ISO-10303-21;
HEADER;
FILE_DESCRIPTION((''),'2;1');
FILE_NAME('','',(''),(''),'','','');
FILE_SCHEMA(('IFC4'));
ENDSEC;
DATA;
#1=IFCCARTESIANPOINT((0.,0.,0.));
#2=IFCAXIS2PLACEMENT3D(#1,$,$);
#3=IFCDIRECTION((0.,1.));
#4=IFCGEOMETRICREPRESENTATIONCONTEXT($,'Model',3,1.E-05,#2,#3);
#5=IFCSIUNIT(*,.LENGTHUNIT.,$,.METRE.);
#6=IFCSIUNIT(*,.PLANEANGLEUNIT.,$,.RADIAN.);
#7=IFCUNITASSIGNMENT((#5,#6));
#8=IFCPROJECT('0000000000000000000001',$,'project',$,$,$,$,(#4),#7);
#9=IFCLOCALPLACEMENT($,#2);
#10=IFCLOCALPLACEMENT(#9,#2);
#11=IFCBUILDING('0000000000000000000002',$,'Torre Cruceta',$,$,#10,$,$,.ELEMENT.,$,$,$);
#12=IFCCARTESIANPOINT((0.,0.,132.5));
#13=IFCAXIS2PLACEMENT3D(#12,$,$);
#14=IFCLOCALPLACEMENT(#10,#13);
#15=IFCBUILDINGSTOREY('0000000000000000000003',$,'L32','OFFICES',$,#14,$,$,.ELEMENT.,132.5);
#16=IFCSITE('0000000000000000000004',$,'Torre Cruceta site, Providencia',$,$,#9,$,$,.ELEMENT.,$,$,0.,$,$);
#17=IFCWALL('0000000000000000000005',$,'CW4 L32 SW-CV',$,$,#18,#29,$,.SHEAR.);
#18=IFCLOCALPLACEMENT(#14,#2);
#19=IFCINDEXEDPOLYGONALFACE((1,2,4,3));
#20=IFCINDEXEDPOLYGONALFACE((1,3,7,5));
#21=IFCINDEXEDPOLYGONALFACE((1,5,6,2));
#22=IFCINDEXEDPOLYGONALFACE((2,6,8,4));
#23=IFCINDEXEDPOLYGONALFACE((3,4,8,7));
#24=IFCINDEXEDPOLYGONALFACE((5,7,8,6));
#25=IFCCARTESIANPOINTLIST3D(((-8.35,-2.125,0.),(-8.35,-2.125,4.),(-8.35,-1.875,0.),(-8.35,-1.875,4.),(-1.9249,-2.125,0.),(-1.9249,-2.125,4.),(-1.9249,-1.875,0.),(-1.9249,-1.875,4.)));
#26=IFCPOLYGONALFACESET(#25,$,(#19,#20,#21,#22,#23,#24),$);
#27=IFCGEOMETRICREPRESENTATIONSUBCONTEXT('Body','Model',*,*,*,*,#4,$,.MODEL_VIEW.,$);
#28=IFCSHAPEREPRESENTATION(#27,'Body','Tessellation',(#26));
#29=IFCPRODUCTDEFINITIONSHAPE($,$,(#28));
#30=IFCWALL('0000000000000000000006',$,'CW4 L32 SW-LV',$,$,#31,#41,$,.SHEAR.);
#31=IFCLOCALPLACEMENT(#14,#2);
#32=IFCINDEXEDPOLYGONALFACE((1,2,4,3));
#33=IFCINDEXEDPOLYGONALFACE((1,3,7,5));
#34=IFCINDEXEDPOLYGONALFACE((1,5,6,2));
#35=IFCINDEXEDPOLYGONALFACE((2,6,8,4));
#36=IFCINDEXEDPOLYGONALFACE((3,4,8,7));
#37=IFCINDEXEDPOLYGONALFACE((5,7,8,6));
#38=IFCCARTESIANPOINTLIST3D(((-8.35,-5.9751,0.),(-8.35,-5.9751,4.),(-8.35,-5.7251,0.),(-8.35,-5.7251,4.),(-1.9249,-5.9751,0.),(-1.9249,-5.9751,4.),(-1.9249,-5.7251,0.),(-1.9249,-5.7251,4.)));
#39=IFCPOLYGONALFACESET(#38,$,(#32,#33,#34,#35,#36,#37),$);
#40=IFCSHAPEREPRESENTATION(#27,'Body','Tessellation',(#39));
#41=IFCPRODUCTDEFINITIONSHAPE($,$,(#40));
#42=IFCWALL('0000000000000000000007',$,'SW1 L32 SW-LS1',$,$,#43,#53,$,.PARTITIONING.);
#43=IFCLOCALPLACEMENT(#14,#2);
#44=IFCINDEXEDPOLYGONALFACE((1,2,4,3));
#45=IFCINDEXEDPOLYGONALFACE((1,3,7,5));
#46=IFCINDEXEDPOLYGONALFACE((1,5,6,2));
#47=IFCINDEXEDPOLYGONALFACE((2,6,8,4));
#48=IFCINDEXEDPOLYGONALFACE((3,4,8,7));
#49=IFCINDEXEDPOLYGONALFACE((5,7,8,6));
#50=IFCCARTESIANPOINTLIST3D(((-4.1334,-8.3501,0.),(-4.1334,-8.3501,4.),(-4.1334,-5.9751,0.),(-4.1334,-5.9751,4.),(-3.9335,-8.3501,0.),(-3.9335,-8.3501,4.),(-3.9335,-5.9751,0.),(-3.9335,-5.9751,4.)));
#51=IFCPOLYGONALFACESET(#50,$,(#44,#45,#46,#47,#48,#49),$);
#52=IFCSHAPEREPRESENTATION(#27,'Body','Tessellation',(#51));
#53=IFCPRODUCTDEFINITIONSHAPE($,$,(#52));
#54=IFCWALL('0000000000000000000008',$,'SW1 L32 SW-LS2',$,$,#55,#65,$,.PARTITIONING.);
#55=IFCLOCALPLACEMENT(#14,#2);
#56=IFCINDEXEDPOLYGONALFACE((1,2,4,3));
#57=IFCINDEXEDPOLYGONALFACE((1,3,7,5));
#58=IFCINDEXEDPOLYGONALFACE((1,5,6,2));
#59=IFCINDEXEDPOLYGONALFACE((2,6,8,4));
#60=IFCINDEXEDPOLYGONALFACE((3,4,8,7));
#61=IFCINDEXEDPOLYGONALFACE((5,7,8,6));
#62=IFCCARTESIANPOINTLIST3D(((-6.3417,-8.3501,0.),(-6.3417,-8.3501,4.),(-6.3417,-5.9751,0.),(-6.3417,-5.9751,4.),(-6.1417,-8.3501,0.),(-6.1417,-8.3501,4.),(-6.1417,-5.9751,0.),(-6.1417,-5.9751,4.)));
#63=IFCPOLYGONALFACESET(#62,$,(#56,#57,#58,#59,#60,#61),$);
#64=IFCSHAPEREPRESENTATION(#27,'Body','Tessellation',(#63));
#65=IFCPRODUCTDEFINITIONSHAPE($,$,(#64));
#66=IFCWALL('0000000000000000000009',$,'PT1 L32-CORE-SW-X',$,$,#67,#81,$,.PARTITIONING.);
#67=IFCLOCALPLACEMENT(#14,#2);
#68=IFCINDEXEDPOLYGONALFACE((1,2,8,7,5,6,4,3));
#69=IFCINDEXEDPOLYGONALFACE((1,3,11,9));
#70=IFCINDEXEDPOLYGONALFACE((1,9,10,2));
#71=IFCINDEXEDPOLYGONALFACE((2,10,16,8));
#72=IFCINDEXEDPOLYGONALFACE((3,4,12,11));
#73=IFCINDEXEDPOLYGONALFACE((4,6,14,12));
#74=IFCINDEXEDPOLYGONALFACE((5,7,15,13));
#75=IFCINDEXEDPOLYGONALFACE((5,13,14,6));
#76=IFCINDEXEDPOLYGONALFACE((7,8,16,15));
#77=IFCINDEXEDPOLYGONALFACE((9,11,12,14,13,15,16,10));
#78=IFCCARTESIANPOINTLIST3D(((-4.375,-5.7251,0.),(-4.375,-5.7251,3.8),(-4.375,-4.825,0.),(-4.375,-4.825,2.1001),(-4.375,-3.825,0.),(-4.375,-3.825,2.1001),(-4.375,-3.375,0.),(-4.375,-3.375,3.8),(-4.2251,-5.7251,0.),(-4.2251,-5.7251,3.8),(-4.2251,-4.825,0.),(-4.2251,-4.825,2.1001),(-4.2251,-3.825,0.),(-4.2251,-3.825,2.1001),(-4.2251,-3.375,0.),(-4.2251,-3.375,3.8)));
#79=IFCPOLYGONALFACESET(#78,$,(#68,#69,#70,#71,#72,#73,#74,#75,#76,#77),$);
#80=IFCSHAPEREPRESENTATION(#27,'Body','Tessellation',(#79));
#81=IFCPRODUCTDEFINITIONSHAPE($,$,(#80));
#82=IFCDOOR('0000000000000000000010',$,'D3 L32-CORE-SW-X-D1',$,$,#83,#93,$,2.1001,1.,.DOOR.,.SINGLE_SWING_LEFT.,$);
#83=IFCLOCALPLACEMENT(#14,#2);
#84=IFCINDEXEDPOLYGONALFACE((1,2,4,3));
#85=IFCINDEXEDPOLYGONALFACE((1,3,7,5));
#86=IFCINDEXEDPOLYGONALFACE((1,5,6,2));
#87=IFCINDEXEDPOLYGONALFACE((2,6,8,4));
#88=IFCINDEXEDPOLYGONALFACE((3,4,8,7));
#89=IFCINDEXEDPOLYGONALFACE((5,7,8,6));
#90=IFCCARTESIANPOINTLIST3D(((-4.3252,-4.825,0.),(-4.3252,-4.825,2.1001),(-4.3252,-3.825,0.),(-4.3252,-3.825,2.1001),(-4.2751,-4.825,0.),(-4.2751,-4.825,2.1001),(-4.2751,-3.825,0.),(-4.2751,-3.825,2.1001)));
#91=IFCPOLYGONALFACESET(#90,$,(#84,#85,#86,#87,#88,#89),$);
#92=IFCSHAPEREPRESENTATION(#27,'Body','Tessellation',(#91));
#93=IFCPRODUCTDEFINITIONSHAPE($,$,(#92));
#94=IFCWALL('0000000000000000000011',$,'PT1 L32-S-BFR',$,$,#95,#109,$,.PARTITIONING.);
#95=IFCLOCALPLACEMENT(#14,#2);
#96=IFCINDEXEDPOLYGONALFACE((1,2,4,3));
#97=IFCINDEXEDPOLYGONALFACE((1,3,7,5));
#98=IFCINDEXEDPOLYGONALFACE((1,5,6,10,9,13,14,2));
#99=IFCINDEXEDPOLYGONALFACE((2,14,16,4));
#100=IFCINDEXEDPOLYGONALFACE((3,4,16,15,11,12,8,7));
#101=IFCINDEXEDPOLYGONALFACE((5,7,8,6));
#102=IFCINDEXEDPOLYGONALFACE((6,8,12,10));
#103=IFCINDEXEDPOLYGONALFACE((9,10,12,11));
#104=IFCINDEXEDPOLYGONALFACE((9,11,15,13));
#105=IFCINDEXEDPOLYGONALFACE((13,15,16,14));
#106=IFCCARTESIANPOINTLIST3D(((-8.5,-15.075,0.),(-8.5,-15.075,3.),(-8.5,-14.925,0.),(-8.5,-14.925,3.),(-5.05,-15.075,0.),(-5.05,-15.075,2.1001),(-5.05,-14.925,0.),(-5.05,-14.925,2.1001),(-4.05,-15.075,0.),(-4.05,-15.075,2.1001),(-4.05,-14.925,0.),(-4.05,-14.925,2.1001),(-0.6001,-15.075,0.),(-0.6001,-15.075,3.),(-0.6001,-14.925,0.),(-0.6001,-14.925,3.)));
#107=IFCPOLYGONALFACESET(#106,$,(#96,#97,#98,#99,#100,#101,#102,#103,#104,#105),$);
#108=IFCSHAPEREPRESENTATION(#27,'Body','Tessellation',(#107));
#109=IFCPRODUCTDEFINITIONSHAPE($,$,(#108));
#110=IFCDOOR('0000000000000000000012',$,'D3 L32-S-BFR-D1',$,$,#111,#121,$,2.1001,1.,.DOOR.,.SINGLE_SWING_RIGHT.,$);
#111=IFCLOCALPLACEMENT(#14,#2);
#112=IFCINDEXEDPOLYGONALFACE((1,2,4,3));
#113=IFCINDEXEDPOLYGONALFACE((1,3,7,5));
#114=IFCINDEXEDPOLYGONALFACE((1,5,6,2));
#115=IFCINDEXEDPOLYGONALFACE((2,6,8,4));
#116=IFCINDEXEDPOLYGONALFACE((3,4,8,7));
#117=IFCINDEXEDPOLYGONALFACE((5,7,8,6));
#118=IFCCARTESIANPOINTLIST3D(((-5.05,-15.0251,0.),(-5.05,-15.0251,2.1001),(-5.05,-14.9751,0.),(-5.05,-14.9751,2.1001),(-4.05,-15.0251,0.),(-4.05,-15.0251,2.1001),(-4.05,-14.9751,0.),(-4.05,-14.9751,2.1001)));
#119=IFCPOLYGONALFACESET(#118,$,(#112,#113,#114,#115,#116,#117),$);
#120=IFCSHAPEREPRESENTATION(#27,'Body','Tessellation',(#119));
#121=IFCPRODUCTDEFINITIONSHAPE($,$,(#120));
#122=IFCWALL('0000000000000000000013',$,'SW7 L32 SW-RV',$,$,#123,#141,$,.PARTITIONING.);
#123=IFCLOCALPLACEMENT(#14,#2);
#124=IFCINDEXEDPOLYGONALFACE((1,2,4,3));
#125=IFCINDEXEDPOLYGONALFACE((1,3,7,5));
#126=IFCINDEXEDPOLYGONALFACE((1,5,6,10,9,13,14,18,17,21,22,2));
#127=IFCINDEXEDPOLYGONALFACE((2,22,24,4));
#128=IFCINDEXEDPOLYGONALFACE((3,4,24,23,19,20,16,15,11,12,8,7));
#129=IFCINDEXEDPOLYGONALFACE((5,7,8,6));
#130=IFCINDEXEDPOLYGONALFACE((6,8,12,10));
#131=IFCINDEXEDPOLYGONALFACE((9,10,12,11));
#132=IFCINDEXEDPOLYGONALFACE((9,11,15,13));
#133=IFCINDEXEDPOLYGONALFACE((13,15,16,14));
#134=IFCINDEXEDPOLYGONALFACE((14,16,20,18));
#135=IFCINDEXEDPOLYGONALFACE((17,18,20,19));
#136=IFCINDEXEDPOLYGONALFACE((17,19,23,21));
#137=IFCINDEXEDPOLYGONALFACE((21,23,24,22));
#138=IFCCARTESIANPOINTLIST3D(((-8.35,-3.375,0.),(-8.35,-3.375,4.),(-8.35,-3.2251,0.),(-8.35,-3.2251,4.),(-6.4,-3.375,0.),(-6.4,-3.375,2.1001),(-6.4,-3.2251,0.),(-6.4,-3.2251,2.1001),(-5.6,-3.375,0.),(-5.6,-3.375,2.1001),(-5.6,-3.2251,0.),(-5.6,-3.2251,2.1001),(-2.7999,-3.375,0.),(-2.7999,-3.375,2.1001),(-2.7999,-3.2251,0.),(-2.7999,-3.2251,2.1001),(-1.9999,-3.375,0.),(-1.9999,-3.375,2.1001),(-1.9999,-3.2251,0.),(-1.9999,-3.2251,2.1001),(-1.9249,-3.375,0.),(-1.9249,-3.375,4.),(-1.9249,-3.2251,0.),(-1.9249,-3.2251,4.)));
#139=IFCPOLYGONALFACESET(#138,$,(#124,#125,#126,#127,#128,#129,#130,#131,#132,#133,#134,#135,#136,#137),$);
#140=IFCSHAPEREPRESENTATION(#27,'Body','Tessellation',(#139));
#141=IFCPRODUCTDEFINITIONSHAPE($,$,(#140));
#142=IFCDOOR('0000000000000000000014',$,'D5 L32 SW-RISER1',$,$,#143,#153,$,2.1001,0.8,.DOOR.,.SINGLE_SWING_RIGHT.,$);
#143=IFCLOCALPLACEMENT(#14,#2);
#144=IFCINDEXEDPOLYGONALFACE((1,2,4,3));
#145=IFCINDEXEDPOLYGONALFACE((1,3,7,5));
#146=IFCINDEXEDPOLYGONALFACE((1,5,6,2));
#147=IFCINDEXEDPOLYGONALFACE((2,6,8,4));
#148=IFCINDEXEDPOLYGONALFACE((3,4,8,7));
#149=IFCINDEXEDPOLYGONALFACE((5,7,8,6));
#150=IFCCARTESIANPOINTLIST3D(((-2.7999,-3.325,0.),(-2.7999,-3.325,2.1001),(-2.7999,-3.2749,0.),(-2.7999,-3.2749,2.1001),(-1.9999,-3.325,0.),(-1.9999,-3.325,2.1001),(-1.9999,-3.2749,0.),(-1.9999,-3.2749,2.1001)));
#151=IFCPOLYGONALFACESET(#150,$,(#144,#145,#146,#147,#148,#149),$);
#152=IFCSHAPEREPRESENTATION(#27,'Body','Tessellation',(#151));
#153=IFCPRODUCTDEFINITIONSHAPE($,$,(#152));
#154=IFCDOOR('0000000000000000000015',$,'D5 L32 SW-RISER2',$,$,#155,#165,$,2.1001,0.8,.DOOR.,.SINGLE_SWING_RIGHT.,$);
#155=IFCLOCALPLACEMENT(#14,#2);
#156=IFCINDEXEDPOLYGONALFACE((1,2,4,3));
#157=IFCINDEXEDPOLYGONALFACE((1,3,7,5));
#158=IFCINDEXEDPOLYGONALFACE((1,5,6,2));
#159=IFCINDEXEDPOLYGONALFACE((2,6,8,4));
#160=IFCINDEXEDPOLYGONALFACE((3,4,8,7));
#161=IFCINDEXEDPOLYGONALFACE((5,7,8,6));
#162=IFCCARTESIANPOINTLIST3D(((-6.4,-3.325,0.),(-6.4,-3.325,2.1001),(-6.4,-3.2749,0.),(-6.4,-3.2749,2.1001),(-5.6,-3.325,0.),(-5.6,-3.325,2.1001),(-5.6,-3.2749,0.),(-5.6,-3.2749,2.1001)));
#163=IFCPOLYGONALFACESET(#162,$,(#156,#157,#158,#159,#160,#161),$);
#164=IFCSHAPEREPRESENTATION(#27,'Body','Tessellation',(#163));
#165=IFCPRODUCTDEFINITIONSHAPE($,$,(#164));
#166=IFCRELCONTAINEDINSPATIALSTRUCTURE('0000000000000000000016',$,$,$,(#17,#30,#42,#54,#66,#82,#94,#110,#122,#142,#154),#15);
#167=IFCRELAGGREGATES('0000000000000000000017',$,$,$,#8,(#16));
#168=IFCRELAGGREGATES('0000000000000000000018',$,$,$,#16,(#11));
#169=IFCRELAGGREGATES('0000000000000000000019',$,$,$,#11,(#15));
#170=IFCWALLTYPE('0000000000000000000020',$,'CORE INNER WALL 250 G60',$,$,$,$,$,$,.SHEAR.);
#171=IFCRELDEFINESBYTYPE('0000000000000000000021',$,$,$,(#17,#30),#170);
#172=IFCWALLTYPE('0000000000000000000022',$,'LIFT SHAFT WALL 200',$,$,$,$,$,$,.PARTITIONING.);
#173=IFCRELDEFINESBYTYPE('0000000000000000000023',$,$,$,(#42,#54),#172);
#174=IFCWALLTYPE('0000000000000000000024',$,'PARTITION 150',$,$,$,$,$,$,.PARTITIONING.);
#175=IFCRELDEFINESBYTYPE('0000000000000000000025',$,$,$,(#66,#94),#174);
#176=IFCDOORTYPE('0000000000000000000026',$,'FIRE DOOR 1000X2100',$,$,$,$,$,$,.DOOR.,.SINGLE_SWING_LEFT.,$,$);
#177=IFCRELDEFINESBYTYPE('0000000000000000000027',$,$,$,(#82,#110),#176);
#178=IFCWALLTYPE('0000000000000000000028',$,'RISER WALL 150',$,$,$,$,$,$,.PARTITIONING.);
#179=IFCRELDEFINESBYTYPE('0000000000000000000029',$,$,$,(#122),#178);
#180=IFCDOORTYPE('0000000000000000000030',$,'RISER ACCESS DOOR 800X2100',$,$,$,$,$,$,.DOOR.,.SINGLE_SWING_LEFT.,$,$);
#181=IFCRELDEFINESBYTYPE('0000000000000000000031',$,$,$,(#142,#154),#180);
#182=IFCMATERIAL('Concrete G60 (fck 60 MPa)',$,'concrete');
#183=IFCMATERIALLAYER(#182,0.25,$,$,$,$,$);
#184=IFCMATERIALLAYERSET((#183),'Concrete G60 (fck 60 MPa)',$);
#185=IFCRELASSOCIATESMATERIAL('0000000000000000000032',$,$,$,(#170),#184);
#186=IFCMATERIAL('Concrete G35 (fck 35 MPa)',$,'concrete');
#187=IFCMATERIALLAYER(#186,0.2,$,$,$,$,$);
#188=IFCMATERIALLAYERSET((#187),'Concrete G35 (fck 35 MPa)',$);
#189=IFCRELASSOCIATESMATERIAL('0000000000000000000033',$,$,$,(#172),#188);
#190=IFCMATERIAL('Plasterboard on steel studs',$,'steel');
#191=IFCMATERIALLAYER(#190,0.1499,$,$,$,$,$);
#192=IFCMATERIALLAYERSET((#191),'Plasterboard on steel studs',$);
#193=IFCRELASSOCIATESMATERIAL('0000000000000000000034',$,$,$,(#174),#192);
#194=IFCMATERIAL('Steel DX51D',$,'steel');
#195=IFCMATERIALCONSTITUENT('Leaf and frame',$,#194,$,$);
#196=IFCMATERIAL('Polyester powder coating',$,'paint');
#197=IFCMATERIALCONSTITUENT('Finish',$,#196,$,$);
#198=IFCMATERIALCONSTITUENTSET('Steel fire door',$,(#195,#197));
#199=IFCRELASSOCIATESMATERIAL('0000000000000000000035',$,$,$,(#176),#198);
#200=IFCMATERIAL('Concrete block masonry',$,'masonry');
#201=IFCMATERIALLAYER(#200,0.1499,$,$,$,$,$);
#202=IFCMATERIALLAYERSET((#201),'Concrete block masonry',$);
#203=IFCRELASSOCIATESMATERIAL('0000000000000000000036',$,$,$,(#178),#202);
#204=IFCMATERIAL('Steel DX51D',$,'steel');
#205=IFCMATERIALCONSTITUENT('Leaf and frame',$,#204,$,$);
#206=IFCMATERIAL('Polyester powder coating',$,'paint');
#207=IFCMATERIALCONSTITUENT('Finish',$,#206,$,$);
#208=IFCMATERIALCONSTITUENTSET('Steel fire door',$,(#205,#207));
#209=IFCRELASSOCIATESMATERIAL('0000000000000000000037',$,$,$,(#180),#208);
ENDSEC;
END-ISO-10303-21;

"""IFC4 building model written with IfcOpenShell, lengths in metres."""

from ifc_helpers import new_model, si_unit, direction, frame, frame_2d, origin, place, context, subcontext, project, spatial, rectangle, extrude, material, layer, layer_set, constituent, constituent_set, type_object, element, fill, save


model = new_model("IFC4")

# Units and contexts
model_context = context("Model", 3, precision=1e-05, world=origin(), true_north=direction((0.0, 1.0)))
body_context = subcontext(model_context, "Body", "Model", "MODEL_VIEW")
ifc_project = project(units=[si_unit("LENGTHUNIT", "METRE"), si_unit("PLANEANGLEUNIT", "RADIAN")], contexts=[model_context])

# Site, building, storey
site_placement = place(None, origin())
site = spatial("IfcSite", under=ifc_project, at=site_placement, Name="Torre Cruceta site, Providencia", CompositionType="ELEMENT", RefElevation=0.0)
building_placement = place(site_placement, origin())
building = spatial("IfcBuilding", under=site, at=building_placement, Name="Torre Cruceta", CompositionType="ELEMENT")
storey_placement = place(building_placement, frame((0.0, 0.0, 132.5)))
storey = spatial("IfcBuildingStorey", under=building, at=storey_placement, Name="L32", Description="OFFICES", CompositionType="ELEMENT", Elevation=132.5)

# Shared definitions
ifc_material_1 = material(Name="Concrete G60 (fck 60 MPa)", Category="concrete")
ifc_layer_1 = layer(ifc_material_1, 0.25)
ifc_layer_set_1 = layer_set([ifc_layer_1], Name="Concrete G60 (fck 60 MPa)")
wall_type_1 = type_object("IfcWallType", Name="CORE INNER WALL 250 G60", PredefinedType="SHEAR", material=ifc_layer_set_1)

# Walls
for number, where, z_axis, x_axis, name in (
    (1, (-1.925, -2.0, 0.0), (0.0, 0.0, 1.0), (-1.0, 0.0, 0.0), "CW4 L32 SW-CV"),
    (2, (-1.925, -5.8501, 0.0), (0.0, 0.0, 1.0), (-1.0, 0.0, 0.0), "CW4 L32 SW-LV"),
):
    element("IfcWall", number, at=place(storey_placement, frame(where, z_axis=z_axis, x_axis=x_axis)), inside=storey, type_object=wall_type_1, Name=name, PredefinedType="SHEAR", context=body_context, shape_type="SweptSolid", body=[
        extrude(rectangle(XDim=6.425, YDim=0.25, at=frame_2d((3.2124, 0.0))), origin(), (0.0, 0.0, 1.0), 4.0),
    ])

# Walls
ifc_material_2 = material(Name="Concrete G35 (fck 35 MPa)", Category="concrete")
ifc_layer_2 = layer(ifc_material_2, 0.2)
ifc_layer_set_2 = layer_set([ifc_layer_2], Name="Concrete G35 (fck 35 MPa)")
wall_type_2 = type_object("IfcWallType", Name="LIFT SHAFT WALL 200", PredefinedType="PARTITIONING", material=ifc_layer_set_2)
for number, where, z_axis, x_axis, name in (
    (3, (-4.0334, -5.9751, 0.0), (0.0, 0.0, 1.0), (0.0, -1.0, 0.0), "SW1 L32 SW-LS1"),
    (4, (-6.2417, -5.9751, 0.0), (0.0, 0.0, 1.0), (0.0, -1.0, 0.0), "SW1 L32 SW-LS2"),
):
    element("IfcWall", number, at=place(storey_placement, frame(where, z_axis=z_axis, x_axis=x_axis)), inside=storey, type_object=wall_type_2, Name=name, PredefinedType="PARTITIONING", context=body_context, shape_type="SweptSolid", body=[
        extrude(rectangle(XDim=2.375, YDim=0.2, at=frame_2d((1.1875, 0.0))), origin(), (0.0, 0.0, 1.0), 4.0),
    ])

# Walls, openings, doors
ifc_material_3 = material(Name="Plasterboard on steel studs", Category="steel")
ifc_layer_3 = layer(ifc_material_3, 0.1499)
ifc_layer_set_3 = layer_set([ifc_layer_3], Name="Plasterboard on steel studs")
wall_type_3 = type_object("IfcWallType", Name="PARTITION 150", PredefinedType="PARTITIONING", material=ifc_layer_set_3)
wall_1_placement = place(storey_placement, frame((-4.3, -3.375, 0.0), z_axis=(0.0, 0.0, 1.0), x_axis=(0.0, -1.0, 0.0)))
wall_1 = element("IfcWall", 5, at=wall_1_placement, inside=storey, type_object=wall_type_3, Name="PT1 L32-CORE-SW-X", PredefinedType="PARTITIONING", context=body_context, shape_type="SweptSolid", body=[
    extrude(rectangle(XDim=2.3501, YDim=0.1499, at=frame_2d((1.175, 0.0))), origin(), (0.0, 0.0, 1.0), 3.8),
])
opening_1_placement = place(wall_1_placement, frame((0.45, 0.0, 0.0)))
opening_1 = element("IfcOpeningElement", 6, at=opening_1_placement, cuts=wall_1, PredefinedType="OPENING", context=body_context, shape_type="SweptSolid", body=[
    extrude(rectangle(XDim=1.0, YDim=2.1001, at=frame_2d((0.5, 1.05))), frame((0.0, 0.085, 0.0), z_axis=(0.0, -1.0, 0.0), x_axis=(1.0, 0.0, 0.0)), (0.0, 0.0, 1.0), 0.1699),
])
ifc_material_4 = material(Name="Steel DX51D", Category="steel")
ifc_constituent_1 = constituent(ifc_material_4, Name="Leaf and frame")
ifc_material_5 = material(Name="Polyester powder coating", Category="paint")
ifc_constituent_2 = constituent(ifc_material_5, Name="Finish")
ifc_constituent_set_1 = constituent_set(constituents=[ifc_constituent_1, ifc_constituent_2], Name="Steel fire door")
door_type_1 = type_object("IfcDoorType", Name="FIRE DOOR 1000X2100", OperationType="SINGLE_SWING_LEFT", PredefinedType="DOOR", material=ifc_constituent_set_1)
door_1_placement = place(opening_1_placement, origin())
door_1 = element("IfcDoor", 7, at=door_1_placement, inside=storey, type_object=door_type_1, Name="D3 L32-CORE-SW-X-D1", OperationType="SINGLE_SWING_LEFT", OverallHeight=2.1001, OverallWidth=1.0, PredefinedType="DOOR", context=body_context, shape_type="SweptSolid", body=[
    extrude(rectangle(XDim=1.0, YDim=2.1001, at=frame_2d((0.5, 1.05))), frame((0.0, 0.0249, 0.0), z_axis=(0.0, -1.0, 0.0), x_axis=(1.0, 0.0, 0.0)), (0.0, 0.0, 1.0), 0.05),
])
fill(opening_1, door_1)
wall_2_placement = place(storey_placement, frame((-8.5, -15.0, 0.0), z_axis=(0.0, 0.0, 1.0), x_axis=(1.0, 0.0, 0.0)))
wall_2 = element("IfcWall", 8, at=wall_2_placement, inside=storey, type_object=wall_type_3, Name="PT1 L32-S-BFR", PredefinedType="PARTITIONING", context=body_context, shape_type="SweptSolid", body=[
    extrude(rectangle(XDim=7.8999, YDim=0.1499, at=frame_2d((3.95, 0.0))), origin(), (0.0, 0.0, 1.0), 3.0),
])
opening_2_placement = place(wall_2_placement, frame((3.45, 0.0, 0.0)))
opening_2 = element("IfcOpeningElement", 9, at=opening_2_placement, cuts=wall_2, PredefinedType="OPENING", context=body_context, shape_type="SweptSolid", body=[
    extrude(rectangle(XDim=1.0, YDim=2.1001, at=frame_2d((0.5, 1.05))), frame((0.0, 0.085, 0.0), z_axis=(0.0, -1.0, 0.0), x_axis=(1.0, 0.0, 0.0)), (0.0, 0.0, 1.0), 0.1699),
])
door_2_placement = place(opening_2_placement, origin())
door_2 = element("IfcDoor", 10, at=door_2_placement, inside=storey, type_object=door_type_1, Name="D3 L32-S-BFR-D1", OperationType="SINGLE_SWING_RIGHT", OverallHeight=2.1001, OverallWidth=1.0, PredefinedType="DOOR", context=body_context, shape_type="SweptSolid", body=[
    extrude(rectangle(XDim=1.0, YDim=2.1001, at=frame_2d((0.5, 1.05))), frame((0.0, 0.0249, 0.0), z_axis=(0.0, -1.0, 0.0), x_axis=(1.0, 0.0, 0.0)), (0.0, 0.0, 1.0), 0.05),
])
fill(opening_2, door_2)

# Wall, openings, doors
ifc_material_6 = material(Name="Concrete block masonry", Category="masonry")
ifc_layer_4 = layer(ifc_material_6, 0.1499)
ifc_layer_set_4 = layer_set([ifc_layer_4], Name="Concrete block masonry")
wall_type_4 = type_object("IfcWallType", Name="RISER WALL 150", PredefinedType="PARTITIONING", material=ifc_layer_set_4)
wall_3_placement = place(storey_placement, frame((-1.925, -3.3, 0.0), z_axis=(0.0, 0.0, 1.0), x_axis=(-1.0, 0.0, 0.0)))
wall_3 = element("IfcWall", 11, at=wall_3_placement, inside=storey, type_object=wall_type_4, Name="SW7 L32 SW-RV", PredefinedType="PARTITIONING", context=body_context, shape_type="SweptSolid", body=[
    extrude(rectangle(XDim=6.425, YDim=0.1499, at=frame_2d((3.2124, 0.0))), origin(), (0.0, 0.0, 1.0), 4.0),
])
opening_3_placement = place(wall_3_placement, frame((0.075, 0.0, 0.0)))
opening_3 = element("IfcOpeningElement", 12, at=opening_3_placement, cuts=wall_3, PredefinedType="OPENING", context=body_context, shape_type="SweptSolid", body=[
    extrude(rectangle(XDim=0.8, YDim=2.1001, at=frame_2d((0.3999, 1.05))), frame((0.0, 0.085, 0.0), z_axis=(0.0, -1.0, 0.0), x_axis=(1.0, 0.0, 0.0)), (0.0, 0.0, 1.0), 0.1699),
])
opening_4_placement = place(wall_3_placement, frame((3.675, 0.0, 0.0)))
opening_4 = element("IfcOpeningElement", 13, at=opening_4_placement, cuts=wall_3, PredefinedType="OPENING", context=body_context, shape_type="SweptSolid", body=[
    extrude(rectangle(XDim=0.8, YDim=2.1001, at=frame_2d((0.3999, 1.05))), frame((0.0, 0.085, 0.0), z_axis=(0.0, -1.0, 0.0), x_axis=(1.0, 0.0, 0.0)), (0.0, 0.0, 1.0), 0.1699),
])
ifc_material_7 = material(Name="Steel DX51D", Category="steel")
ifc_constituent_3 = constituent(ifc_material_7, Name="Leaf and frame")
ifc_material_8 = material(Name="Polyester powder coating", Category="paint")
ifc_constituent_4 = constituent(ifc_material_8, Name="Finish")
ifc_constituent_set_2 = constituent_set(constituents=[ifc_constituent_3, ifc_constituent_4], Name="Steel fire door")
door_type_2 = type_object("IfcDoorType", Name="RISER ACCESS DOOR 800X2100", OperationType="SINGLE_SWING_LEFT", PredefinedType="DOOR", material=ifc_constituent_set_2)
door_3_placement = place(opening_3_placement, frame((0.8, 0.0, 0.0), z_axis=(0.0, 0.0, 1.0), x_axis=(-1.0, 0.0, 0.0)))
door_3 = element("IfcDoor", 14, at=door_3_placement, inside=storey, type_object=door_type_2, Name="D5 L32 SW-RISER1", OperationType="SINGLE_SWING_RIGHT", OverallHeight=2.1001, OverallWidth=0.8, PredefinedType="DOOR", context=body_context, shape_type="SweptSolid", body=[
    extrude(rectangle(XDim=0.8, YDim=2.1001, at=frame_2d((0.4001, 1.05))), frame((0.0, 0.0251, 0.0), z_axis=(0.0, -1.0, 0.0), x_axis=(1.0, 0.0, 0.0)), (0.0, 0.0, 1.0), 0.05),
])
fill(opening_3, door_3)
door_4_placement = place(opening_4_placement, frame((0.8, 0.0, 0.0), z_axis=(0.0, 0.0, 1.0), x_axis=(-1.0, 0.0, 0.0)))
door_4 = element("IfcDoor", 15, at=door_4_placement, inside=storey, type_object=door_type_2, Name="D5 L32 SW-RISER2", OperationType="SINGLE_SWING_RIGHT", OverallHeight=2.1001, OverallWidth=0.8, PredefinedType="DOOR", context=body_context, shape_type="SweptSolid", body=[
    extrude(rectangle(XDim=0.8, YDim=2.1001, at=frame_2d((0.4001, 1.05))), frame((0.0, 0.0251, 0.0), z_axis=(0.0, -1.0, 0.0), x_axis=(1.0, 0.0, 0.0)), (0.0, 0.0, 1.0), 0.05),
])
fill(opening_4, door_4)

save(model, "model.ifc")
